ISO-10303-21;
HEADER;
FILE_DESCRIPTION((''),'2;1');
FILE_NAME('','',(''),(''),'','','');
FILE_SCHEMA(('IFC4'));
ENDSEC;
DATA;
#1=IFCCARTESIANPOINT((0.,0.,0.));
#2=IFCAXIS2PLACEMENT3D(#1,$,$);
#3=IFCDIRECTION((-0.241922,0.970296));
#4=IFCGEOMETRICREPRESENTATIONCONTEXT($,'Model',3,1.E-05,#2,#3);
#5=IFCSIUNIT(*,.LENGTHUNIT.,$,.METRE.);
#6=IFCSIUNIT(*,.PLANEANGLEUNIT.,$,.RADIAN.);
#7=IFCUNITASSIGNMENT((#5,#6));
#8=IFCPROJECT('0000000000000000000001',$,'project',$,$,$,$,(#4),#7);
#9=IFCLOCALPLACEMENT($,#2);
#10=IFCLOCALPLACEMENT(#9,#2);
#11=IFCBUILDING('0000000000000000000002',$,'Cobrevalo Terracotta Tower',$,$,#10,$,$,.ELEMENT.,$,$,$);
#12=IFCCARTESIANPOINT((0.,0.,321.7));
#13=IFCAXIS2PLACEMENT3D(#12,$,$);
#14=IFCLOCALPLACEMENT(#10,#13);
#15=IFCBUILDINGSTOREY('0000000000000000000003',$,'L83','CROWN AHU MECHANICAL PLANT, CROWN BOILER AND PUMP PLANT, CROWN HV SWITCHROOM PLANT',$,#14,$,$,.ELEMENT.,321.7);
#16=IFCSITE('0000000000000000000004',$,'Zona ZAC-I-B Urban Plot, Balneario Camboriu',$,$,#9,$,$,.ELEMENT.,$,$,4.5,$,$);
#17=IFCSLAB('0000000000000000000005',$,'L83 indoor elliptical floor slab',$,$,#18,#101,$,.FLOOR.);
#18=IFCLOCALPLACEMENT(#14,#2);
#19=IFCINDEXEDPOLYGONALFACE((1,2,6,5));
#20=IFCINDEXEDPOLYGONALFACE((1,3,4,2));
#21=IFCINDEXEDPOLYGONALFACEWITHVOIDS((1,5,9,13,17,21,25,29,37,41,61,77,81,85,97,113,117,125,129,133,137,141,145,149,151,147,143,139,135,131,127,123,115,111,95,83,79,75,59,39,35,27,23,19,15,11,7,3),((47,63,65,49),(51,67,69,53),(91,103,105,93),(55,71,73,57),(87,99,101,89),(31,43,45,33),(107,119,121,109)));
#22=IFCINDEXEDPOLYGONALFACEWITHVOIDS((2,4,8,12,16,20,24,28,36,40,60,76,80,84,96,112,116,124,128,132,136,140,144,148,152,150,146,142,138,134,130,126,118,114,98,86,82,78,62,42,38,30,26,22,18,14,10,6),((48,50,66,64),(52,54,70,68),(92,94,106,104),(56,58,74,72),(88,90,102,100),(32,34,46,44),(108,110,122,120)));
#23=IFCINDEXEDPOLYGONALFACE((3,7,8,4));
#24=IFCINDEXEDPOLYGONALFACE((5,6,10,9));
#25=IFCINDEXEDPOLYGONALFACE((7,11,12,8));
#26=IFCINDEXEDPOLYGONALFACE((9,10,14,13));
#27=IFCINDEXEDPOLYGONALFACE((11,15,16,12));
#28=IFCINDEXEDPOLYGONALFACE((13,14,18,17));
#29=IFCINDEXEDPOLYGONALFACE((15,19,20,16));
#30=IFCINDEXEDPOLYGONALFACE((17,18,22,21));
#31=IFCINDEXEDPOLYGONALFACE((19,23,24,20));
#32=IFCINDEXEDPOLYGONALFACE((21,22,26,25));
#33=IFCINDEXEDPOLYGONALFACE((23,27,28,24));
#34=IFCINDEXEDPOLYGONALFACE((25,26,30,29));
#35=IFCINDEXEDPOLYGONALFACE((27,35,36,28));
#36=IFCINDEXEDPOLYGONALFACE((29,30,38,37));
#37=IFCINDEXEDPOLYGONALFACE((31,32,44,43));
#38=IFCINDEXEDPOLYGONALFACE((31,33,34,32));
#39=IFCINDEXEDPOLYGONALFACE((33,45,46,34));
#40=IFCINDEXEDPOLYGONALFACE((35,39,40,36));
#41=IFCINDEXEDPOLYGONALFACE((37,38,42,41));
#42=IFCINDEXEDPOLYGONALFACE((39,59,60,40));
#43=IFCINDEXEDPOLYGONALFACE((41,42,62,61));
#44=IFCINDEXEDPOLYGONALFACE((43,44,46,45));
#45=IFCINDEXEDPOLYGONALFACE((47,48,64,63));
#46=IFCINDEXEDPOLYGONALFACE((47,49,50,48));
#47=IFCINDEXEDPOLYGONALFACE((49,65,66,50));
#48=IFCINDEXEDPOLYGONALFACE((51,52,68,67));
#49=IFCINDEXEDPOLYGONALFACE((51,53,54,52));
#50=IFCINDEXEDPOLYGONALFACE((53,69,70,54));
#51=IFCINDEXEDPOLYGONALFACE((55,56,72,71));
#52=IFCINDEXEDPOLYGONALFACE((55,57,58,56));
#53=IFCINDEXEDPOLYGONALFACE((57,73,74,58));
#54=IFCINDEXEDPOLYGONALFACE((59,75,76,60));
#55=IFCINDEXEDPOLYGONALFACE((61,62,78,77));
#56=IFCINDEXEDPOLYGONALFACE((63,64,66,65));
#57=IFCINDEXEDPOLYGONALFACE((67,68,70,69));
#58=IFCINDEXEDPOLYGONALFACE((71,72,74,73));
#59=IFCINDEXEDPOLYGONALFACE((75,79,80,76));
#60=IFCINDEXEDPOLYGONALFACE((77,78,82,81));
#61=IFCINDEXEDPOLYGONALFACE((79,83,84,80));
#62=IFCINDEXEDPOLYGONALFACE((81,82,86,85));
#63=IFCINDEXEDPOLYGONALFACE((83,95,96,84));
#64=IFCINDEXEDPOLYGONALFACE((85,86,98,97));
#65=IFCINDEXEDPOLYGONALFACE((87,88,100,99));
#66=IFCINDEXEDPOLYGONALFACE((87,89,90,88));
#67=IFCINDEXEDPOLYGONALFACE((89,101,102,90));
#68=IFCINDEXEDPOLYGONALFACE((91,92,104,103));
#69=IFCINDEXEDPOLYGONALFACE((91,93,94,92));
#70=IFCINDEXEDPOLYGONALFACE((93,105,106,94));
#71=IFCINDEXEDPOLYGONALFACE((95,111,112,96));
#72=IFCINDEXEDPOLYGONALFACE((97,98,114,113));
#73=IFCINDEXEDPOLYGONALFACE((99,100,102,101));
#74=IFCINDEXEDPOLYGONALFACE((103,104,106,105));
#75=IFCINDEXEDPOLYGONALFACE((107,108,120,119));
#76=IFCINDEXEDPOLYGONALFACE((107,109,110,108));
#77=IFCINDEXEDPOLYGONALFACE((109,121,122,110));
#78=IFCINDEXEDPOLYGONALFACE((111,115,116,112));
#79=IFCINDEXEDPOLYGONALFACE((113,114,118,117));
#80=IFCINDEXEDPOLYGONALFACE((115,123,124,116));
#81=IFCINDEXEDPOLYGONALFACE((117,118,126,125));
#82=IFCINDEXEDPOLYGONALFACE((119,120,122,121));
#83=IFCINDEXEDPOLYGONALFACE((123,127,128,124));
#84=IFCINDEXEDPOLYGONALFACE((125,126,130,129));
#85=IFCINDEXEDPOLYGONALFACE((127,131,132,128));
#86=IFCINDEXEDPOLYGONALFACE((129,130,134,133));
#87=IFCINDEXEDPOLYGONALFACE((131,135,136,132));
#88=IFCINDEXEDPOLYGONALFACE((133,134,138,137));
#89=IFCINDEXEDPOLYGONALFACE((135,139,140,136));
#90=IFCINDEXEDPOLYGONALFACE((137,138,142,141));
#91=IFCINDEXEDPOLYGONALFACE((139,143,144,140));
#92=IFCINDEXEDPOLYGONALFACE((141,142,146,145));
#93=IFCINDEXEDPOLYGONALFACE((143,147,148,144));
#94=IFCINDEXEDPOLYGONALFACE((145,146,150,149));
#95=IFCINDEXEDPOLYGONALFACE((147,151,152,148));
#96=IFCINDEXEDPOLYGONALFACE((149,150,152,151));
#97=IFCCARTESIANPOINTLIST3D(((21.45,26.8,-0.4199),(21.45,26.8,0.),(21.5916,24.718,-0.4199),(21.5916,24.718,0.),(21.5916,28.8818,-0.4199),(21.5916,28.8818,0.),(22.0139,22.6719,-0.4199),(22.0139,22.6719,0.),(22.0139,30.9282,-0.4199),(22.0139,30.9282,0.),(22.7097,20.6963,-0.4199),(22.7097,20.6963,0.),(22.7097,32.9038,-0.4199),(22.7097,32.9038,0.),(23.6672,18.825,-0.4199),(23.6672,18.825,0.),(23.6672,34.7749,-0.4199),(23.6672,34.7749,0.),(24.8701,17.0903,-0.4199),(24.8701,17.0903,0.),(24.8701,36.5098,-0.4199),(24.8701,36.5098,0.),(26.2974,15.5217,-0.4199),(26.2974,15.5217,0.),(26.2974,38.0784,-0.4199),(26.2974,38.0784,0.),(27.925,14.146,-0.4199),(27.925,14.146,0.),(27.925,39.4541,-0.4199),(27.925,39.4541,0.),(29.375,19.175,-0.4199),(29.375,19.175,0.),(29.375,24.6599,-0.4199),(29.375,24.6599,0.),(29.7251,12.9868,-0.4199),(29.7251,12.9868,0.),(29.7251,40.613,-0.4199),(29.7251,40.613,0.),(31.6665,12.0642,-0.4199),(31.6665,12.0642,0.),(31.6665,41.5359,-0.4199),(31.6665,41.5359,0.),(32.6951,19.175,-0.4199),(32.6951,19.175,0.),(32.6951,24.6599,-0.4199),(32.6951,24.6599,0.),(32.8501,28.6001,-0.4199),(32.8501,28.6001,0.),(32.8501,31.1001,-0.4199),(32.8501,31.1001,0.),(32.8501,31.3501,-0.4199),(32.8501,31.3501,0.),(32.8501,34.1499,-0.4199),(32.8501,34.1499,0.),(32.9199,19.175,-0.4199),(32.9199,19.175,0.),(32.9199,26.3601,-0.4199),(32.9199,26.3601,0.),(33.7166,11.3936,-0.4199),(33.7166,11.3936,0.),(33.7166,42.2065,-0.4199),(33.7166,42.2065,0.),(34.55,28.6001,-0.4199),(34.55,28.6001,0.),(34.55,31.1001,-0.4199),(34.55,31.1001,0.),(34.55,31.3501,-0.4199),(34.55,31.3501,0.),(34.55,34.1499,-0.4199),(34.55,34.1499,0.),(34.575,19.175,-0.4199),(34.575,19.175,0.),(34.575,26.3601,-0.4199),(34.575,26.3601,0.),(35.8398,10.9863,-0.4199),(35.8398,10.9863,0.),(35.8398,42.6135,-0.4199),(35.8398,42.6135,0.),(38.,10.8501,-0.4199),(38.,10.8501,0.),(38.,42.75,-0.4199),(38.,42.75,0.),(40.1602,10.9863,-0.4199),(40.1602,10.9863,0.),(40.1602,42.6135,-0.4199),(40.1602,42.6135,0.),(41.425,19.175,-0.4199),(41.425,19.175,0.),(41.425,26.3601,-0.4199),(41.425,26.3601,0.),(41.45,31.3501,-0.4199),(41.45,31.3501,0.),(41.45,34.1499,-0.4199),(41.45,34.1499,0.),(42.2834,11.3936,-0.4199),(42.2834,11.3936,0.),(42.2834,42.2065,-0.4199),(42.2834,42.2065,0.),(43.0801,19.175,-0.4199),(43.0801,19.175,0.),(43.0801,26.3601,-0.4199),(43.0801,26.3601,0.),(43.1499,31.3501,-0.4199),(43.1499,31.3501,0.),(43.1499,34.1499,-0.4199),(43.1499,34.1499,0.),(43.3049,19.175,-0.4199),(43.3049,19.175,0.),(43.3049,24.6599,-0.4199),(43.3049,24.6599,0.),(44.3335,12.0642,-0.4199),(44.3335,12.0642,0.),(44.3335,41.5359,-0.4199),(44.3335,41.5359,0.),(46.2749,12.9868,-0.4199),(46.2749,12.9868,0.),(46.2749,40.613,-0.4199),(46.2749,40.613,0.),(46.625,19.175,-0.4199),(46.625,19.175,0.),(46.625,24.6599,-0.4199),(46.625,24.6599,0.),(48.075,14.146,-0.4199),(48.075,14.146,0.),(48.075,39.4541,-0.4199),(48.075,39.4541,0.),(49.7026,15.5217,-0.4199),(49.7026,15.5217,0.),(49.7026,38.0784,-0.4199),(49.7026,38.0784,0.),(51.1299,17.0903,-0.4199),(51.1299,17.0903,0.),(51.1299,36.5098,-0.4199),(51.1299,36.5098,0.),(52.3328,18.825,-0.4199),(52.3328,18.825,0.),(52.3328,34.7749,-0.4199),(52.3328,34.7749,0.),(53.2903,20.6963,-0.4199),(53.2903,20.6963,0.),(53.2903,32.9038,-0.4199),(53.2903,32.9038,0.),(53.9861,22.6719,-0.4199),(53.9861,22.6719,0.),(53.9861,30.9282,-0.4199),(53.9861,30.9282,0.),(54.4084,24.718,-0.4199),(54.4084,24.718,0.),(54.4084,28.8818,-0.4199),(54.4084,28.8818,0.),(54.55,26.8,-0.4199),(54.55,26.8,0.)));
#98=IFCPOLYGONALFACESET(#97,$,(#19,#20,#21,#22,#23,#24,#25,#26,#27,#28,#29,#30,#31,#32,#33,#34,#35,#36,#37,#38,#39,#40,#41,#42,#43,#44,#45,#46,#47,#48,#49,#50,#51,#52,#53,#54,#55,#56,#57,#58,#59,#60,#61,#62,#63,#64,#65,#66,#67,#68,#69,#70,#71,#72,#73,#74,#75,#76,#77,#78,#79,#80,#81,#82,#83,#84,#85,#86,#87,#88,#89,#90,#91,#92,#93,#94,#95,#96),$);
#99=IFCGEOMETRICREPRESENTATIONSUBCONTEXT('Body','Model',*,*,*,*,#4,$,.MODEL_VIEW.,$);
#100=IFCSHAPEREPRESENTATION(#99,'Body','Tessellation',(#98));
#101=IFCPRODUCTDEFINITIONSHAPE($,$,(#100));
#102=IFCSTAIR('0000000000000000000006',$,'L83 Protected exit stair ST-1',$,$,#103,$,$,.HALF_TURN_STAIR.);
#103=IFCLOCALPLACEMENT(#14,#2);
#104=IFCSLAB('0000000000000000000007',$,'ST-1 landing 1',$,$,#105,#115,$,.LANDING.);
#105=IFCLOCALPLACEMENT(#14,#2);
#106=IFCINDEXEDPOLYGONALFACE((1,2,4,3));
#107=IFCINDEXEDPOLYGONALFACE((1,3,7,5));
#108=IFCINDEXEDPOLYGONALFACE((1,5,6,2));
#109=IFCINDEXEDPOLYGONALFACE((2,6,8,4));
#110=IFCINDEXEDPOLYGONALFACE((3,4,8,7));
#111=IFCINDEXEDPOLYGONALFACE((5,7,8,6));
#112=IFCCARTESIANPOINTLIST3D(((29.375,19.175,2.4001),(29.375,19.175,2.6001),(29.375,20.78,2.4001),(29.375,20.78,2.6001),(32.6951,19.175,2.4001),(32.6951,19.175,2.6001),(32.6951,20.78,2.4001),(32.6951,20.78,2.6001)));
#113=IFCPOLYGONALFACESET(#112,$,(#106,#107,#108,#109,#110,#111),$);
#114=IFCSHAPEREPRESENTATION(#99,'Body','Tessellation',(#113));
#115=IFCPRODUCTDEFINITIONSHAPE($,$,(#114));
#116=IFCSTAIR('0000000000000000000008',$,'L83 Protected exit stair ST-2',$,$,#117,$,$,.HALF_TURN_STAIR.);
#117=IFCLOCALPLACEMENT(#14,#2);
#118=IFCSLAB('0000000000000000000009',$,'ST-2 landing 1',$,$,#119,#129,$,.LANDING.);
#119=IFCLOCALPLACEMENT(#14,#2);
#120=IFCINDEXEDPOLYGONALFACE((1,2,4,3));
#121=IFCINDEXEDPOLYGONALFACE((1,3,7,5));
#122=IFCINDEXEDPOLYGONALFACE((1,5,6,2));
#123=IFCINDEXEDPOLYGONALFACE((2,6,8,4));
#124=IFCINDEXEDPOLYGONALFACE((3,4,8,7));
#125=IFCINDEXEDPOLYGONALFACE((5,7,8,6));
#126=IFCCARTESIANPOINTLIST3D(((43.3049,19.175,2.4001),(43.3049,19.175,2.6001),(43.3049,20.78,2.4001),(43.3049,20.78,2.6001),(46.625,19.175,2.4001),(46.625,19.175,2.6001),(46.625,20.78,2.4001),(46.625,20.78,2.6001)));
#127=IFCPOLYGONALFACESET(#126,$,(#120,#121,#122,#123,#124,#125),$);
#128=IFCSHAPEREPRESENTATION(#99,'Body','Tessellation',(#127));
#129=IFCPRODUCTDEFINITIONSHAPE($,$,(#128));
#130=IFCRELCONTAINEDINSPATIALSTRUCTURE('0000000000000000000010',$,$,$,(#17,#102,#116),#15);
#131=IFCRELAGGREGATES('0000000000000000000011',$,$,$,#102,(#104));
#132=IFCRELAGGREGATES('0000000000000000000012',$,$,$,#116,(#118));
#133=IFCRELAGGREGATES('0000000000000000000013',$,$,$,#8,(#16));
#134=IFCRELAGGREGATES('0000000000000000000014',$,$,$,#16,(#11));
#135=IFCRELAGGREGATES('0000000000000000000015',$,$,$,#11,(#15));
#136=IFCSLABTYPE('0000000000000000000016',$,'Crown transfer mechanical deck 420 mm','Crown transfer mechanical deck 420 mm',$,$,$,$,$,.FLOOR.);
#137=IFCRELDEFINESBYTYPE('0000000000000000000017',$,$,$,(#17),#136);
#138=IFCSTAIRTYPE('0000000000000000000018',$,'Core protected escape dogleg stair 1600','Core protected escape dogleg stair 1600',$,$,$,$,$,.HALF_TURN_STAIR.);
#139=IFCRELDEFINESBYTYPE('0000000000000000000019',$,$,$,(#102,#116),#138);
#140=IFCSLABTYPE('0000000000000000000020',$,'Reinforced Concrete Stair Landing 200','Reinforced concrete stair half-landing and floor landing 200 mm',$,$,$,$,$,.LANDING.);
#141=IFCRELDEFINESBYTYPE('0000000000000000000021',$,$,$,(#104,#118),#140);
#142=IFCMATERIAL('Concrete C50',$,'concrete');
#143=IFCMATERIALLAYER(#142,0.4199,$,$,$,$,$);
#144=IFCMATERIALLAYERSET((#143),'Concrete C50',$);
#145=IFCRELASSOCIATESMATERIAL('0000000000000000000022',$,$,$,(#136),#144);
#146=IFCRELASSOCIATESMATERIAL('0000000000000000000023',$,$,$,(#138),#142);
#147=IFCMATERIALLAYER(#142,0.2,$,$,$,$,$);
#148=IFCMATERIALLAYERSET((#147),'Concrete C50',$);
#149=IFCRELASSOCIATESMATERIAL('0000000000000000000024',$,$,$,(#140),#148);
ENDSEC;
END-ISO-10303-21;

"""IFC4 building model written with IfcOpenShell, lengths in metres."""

from ifc_helpers import new_model, si_unit, direction, frame, origin, place, context, subcontext, project, spatial, polyline, outline, extrude, material, layer, layer_set, type_object, element, aggregate, save


model = new_model("IFC4")

# Units and contexts
model_context = context("Model", 3, precision=1e-05, world=origin(), true_north=direction((-0.241922, 0.970296)))
body_context = subcontext(model_context, "Body", "Model", "MODEL_VIEW")
ifc_project = project(units=[si_unit("LENGTHUNIT", "METRE"), si_unit("PLANEANGLEUNIT", "RADIAN")], contexts=[model_context])

# Site, building, storey
site_placement = place(None, origin())
site = spatial("IfcSite", under=ifc_project, at=site_placement, Name="Zona ZAC-I-B Urban Plot, Balneario Camboriu", CompositionType="ELEMENT", RefElevation=4.5)
building_placement = place(site_placement, origin())
building = spatial("IfcBuilding", under=site, at=building_placement, Name="Cobrevalo Terracotta Tower", CompositionType="ELEMENT")
storey_placement = place(building_placement, frame((0.0, 0.0, 321.7)))
storey = spatial("IfcBuildingStorey", under=building, at=storey_placement, Name="L83", Description="CROWN AHU MECHANICAL PLANT, CROWN BOILER AND PUMP PLANT, CROWN HV SWITCHROOM PLANT", CompositionType="ELEMENT", Elevation=321.7)

# Slab
ifc_material_1 = material(Name="Concrete C50", Category="concrete")
ifc_layer_1 = layer(ifc_material_1, 0.4199)
ifc_layer_set_1 = layer_set([ifc_layer_1], Name="Concrete C50")
slab_type_1 = type_object("IfcSlabType", Name="Crown transfer mechanical deck 420 mm", Description="Crown transfer mechanical deck 420 mm", PredefinedType="FLOOR", material=ifc_layer_set_1)
slab_1_placement = place(storey_placement, frame((0.0, 0.0, -0.4199)))
element("IfcSlab", 1, at=slab_1_placement, inside=storey, type_object=slab_type_1, Name="L83 indoor elliptical floor slab", PredefinedType="FLOOR", context=body_context, shape_type="SweptSolid", body=[
    extrude(outline(polyline([(54.4084, 24.718), (53.9861, 22.6719), (53.2903, 20.6963), (52.3328, 18.825), (51.1299, 17.0903), (49.7026, 15.5217), (48.075, 14.146), (46.2749, 12.9868), (44.3335, 12.0642), (42.2834, 11.3936), (40.1602, 10.9863), (38.0, 10.8501), (35.8398, 10.9863), (33.7166, 11.3936), (31.6665, 12.0642), (29.7251, 12.9868), (27.925, 14.146), (26.2974, 15.5217), (24.8701, 17.0903), (23.6672, 18.825), (22.7097, 20.6963), (22.0139, 22.6719), (21.5916, 24.718), (21.45, 26.8), (21.5916, 28.8818), (22.0139, 30.9282), (22.7097, 32.9038), (23.6672, 34.7749), (24.8701, 36.5098), (26.2974, 38.0784), (27.925, 39.4541), (29.7251, 40.613), (31.6665, 41.5359), (33.7166, 42.2065), (35.8398, 42.6135), (38.0, 42.75), (40.1602, 42.6135), (42.2834, 42.2065), (44.3335, 41.5359), (46.2749, 40.613), (48.075, 39.4541), (49.7026, 38.0784), (51.1299, 36.5098), (52.3328, 34.7749), (53.2903, 32.9038), (53.9861, 30.9282), (54.4084, 28.8818), (54.55, 26.8), (54.4084, 24.718)]), holes=[polyline([(32.6951, 24.6599), (29.375, 24.6599), (29.375, 19.175), (32.6951, 19.175), (32.6951, 24.6599)]), polyline([(46.625, 19.175), (46.625, 24.6599), (43.3049, 24.6599), (43.3049, 19.175), (46.625, 19.175)]), polyline([(34.575, 26.3601), (32.9199, 26.3601), (32.9199, 19.175), (34.575, 19.175), (34.575, 26.3601)]), polyline([(43.0801, 26.3601), (41.425, 26.3601), (41.425, 19.175), (43.0801, 19.175), (43.0801, 26.3601)]), polyline([(34.55, 31.1001), (32.8501, 31.1001), (32.8501, 28.6001), (34.55, 28.6001), (34.55, 31.1001)]), polyline([(34.55, 34.1499), (32.8501, 34.1499), (32.8501, 31.3501), (34.55, 31.3501), (34.55, 34.1499)]), polyline([(43.1499, 34.1499), (41.45, 34.1499), (41.45, 31.3501), (43.1499, 31.3501), (43.1499, 34.1499)])]), origin(), (0.0, 0.0, 1.0), 0.4199),
])

# Stairs, slabs
stair_type = type_object("IfcStairType", Name="Core protected escape dogleg stair 1600", Description="Core protected escape dogleg stair 1600", PredefinedType="HALF_TURN_STAIR", material=ifc_material_1)
stair_1_placement = place(storey_placement, origin())
stair_1 = element("IfcStair", 2, at=stair_1_placement, inside=storey, type_object=stair_type, Name="L83 Protected exit stair ST-1", PredefinedType="HALF_TURN_STAIR")
ifc_layer_2 = layer(ifc_material_1, 0.2)
ifc_layer_set_2 = layer_set([ifc_layer_2], Name="Concrete C50")
slab_type_2 = type_object("IfcSlabType", Name="Reinforced Concrete Stair Landing 200", Description="Reinforced concrete stair half-landing and floor landing 200 mm", PredefinedType="LANDING", material=ifc_layer_set_2)
slab_2_placement = place(storey_placement, frame((0.0, 0.0, 2.4001)))
slab_2 = element("IfcSlab", 3, at=slab_2_placement, type_object=slab_type_2, Name="ST-1 landing 1", PredefinedType="LANDING", context=body_context, shape_type="SweptSolid", body=[
    extrude(outline(polyline([(29.375, 20.78), (29.375, 19.175), (32.6951, 19.175), (32.6951, 20.78), (29.375, 20.78)])), origin(), (0.0, 0.0, 1.0), 0.2),
])
aggregate(stair_1, [slab_2])
stair_2_placement = place(storey_placement, origin())
stair_2 = element("IfcStair", 4, at=stair_2_placement, inside=storey, type_object=stair_type, Name="L83 Protected exit stair ST-2", PredefinedType="HALF_TURN_STAIR")
slab_3_placement = place(storey_placement, frame((0.0, 0.0, 2.4001)))
slab_3 = element("IfcSlab", 5, at=slab_3_placement, type_object=slab_type_2, Name="ST-2 landing 1", PredefinedType="LANDING", context=body_context, shape_type="SweptSolid", body=[
    extrude(outline(polyline([(43.3049, 20.78), (43.3049, 19.175), (46.625, 19.175), (46.625, 20.78), (43.3049, 20.78)])), origin(), (0.0, 0.0, 1.0), 0.2),
])
aggregate(stair_2, [slab_3])

save(model, "model.ifc")
